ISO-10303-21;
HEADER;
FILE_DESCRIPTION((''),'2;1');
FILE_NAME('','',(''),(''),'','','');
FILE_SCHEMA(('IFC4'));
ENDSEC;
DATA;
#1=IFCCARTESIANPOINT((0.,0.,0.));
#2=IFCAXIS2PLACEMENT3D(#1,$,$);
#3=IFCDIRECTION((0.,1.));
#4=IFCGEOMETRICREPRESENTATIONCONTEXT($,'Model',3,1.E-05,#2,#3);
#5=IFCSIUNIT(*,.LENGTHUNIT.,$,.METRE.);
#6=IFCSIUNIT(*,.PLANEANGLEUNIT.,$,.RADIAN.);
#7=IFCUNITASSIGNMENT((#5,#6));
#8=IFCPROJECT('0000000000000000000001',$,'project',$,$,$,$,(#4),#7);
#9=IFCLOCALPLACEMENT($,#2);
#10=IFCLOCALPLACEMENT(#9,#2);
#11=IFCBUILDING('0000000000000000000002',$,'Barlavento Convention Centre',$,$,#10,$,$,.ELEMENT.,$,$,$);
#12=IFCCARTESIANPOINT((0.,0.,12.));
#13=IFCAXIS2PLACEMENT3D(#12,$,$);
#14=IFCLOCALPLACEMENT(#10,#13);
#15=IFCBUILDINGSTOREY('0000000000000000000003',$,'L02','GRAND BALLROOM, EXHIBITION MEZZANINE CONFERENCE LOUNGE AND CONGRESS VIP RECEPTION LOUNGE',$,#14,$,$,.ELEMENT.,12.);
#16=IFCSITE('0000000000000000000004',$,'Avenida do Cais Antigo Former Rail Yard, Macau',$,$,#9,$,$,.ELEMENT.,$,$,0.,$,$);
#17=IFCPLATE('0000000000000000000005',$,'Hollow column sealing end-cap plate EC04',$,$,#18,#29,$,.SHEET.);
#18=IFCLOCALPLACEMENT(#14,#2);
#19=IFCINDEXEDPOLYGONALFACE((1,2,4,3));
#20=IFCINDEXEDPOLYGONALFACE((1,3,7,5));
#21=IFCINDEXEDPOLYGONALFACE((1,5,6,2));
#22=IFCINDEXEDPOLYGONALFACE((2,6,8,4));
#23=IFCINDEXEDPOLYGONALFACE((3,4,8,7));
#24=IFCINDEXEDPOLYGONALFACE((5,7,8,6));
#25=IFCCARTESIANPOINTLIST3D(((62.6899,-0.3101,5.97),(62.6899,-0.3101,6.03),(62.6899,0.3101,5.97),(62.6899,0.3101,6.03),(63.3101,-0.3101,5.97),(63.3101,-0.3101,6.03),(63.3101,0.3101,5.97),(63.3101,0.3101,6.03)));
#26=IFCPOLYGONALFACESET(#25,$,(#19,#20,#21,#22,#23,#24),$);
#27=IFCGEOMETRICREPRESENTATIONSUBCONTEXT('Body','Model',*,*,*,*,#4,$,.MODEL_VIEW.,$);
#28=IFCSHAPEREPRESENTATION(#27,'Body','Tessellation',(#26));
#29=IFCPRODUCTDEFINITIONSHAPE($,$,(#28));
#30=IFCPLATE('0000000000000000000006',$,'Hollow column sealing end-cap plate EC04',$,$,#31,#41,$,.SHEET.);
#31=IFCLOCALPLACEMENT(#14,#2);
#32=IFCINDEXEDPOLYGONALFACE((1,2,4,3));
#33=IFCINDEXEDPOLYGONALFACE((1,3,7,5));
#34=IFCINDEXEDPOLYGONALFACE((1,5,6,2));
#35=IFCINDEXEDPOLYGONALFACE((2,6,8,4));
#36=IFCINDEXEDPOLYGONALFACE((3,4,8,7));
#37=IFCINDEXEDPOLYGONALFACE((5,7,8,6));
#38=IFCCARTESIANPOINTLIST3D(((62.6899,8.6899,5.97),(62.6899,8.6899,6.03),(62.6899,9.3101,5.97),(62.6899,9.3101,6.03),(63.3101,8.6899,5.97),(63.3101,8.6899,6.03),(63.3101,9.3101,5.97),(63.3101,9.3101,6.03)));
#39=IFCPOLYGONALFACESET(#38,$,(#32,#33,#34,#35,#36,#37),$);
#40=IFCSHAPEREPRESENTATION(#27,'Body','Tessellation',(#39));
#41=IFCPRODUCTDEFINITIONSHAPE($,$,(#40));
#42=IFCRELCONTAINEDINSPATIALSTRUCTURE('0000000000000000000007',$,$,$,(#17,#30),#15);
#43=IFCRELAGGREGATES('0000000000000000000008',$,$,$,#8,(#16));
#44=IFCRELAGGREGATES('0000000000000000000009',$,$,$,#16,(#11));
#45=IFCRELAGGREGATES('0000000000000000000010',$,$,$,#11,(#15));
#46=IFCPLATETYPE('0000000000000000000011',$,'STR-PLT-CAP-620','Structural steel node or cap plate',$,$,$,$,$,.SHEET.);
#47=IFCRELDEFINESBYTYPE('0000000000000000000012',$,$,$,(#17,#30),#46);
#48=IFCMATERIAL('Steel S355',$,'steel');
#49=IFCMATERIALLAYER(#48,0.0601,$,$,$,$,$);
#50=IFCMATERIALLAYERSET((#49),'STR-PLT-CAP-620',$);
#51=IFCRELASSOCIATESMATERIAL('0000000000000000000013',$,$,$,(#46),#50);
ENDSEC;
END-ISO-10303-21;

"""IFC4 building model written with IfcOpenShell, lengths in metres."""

from ifc_helpers import new_model, si_unit, direction, frame, origin, origin_2d, place, context, subcontext, project, spatial, rectangle, extrude, material, layer, layer_set, type_object, element, save


model = new_model("IFC4")

# Units and contexts
model_context = context("Model", 3, precision=1e-05, world=origin(), true_north=direction((0.0, 1.0)))
body_context = subcontext(model_context, "Body", "Model", "MODEL_VIEW")
ifc_project = project(units=[si_unit("LENGTHUNIT", "METRE"), si_unit("PLANEANGLEUNIT", "RADIAN")], contexts=[model_context])

# Site, building, storey
site_placement = place(None, origin())
site = spatial("IfcSite", under=ifc_project, at=site_placement, Name="Avenida do Cais Antigo Former Rail Yard, Macau", CompositionType="ELEMENT", RefElevation=0.0)
building_placement = place(site_placement, origin())
building = spatial("IfcBuilding", under=site, at=building_placement, Name="Barlavento Convention Centre", CompositionType="ELEMENT")
storey_placement = place(building_placement, frame((0.0, 0.0, 12.0)))
storey = spatial("IfcBuildingStorey", under=building, at=storey_placement, Name="L02", Description="GRAND BALLROOM, EXHIBITION MEZZANINE CONFERENCE LOUNGE AND CONGRESS VIP RECEPTION LOUNGE", CompositionType="ELEMENT", Elevation=12.0)

# Plates
ifc_material_1 = material(Name="Steel S355", Category="steel")
ifc_layer_1 = layer(ifc_material_1, 0.0601)
ifc_layer_set_1 = layer_set([ifc_layer_1], Name="STR-PLT-CAP-620")
plate_type_1 = type_object("IfcPlateType", Name="STR-PLT-CAP-620", Description="Structural steel node or cap plate", PredefinedType="SHEET", material=ifc_layer_set_1)
for number, where, z_axis, x_axis, name in (
    (1, (63.0, 0.0, 5.97), (0.0, 0.0, 1.0), (1.0, 0.0, 0.0), "Hollow column sealing end-cap plate EC04"),
    (2, (63.0, 9.0, 5.97), (0.0, 0.0, 1.0), (1.0, 0.0, 0.0), "Hollow column sealing end-cap plate EC04"),
):
    element("IfcPlate", number, at=place(storey_placement, frame(where, z_axis=z_axis, x_axis=x_axis)), inside=storey, type_object=plate_type_1, Name=name, PredefinedType="SHEET", context=body_context, shape_type="SweptSolid", body=[
        extrude(rectangle(XDim=0.6201, YDim=0.6201, at=origin_2d()), origin(), (0.0, 0.0, 1.0), 0.0601),
    ])

save(model, "model.ifc")
